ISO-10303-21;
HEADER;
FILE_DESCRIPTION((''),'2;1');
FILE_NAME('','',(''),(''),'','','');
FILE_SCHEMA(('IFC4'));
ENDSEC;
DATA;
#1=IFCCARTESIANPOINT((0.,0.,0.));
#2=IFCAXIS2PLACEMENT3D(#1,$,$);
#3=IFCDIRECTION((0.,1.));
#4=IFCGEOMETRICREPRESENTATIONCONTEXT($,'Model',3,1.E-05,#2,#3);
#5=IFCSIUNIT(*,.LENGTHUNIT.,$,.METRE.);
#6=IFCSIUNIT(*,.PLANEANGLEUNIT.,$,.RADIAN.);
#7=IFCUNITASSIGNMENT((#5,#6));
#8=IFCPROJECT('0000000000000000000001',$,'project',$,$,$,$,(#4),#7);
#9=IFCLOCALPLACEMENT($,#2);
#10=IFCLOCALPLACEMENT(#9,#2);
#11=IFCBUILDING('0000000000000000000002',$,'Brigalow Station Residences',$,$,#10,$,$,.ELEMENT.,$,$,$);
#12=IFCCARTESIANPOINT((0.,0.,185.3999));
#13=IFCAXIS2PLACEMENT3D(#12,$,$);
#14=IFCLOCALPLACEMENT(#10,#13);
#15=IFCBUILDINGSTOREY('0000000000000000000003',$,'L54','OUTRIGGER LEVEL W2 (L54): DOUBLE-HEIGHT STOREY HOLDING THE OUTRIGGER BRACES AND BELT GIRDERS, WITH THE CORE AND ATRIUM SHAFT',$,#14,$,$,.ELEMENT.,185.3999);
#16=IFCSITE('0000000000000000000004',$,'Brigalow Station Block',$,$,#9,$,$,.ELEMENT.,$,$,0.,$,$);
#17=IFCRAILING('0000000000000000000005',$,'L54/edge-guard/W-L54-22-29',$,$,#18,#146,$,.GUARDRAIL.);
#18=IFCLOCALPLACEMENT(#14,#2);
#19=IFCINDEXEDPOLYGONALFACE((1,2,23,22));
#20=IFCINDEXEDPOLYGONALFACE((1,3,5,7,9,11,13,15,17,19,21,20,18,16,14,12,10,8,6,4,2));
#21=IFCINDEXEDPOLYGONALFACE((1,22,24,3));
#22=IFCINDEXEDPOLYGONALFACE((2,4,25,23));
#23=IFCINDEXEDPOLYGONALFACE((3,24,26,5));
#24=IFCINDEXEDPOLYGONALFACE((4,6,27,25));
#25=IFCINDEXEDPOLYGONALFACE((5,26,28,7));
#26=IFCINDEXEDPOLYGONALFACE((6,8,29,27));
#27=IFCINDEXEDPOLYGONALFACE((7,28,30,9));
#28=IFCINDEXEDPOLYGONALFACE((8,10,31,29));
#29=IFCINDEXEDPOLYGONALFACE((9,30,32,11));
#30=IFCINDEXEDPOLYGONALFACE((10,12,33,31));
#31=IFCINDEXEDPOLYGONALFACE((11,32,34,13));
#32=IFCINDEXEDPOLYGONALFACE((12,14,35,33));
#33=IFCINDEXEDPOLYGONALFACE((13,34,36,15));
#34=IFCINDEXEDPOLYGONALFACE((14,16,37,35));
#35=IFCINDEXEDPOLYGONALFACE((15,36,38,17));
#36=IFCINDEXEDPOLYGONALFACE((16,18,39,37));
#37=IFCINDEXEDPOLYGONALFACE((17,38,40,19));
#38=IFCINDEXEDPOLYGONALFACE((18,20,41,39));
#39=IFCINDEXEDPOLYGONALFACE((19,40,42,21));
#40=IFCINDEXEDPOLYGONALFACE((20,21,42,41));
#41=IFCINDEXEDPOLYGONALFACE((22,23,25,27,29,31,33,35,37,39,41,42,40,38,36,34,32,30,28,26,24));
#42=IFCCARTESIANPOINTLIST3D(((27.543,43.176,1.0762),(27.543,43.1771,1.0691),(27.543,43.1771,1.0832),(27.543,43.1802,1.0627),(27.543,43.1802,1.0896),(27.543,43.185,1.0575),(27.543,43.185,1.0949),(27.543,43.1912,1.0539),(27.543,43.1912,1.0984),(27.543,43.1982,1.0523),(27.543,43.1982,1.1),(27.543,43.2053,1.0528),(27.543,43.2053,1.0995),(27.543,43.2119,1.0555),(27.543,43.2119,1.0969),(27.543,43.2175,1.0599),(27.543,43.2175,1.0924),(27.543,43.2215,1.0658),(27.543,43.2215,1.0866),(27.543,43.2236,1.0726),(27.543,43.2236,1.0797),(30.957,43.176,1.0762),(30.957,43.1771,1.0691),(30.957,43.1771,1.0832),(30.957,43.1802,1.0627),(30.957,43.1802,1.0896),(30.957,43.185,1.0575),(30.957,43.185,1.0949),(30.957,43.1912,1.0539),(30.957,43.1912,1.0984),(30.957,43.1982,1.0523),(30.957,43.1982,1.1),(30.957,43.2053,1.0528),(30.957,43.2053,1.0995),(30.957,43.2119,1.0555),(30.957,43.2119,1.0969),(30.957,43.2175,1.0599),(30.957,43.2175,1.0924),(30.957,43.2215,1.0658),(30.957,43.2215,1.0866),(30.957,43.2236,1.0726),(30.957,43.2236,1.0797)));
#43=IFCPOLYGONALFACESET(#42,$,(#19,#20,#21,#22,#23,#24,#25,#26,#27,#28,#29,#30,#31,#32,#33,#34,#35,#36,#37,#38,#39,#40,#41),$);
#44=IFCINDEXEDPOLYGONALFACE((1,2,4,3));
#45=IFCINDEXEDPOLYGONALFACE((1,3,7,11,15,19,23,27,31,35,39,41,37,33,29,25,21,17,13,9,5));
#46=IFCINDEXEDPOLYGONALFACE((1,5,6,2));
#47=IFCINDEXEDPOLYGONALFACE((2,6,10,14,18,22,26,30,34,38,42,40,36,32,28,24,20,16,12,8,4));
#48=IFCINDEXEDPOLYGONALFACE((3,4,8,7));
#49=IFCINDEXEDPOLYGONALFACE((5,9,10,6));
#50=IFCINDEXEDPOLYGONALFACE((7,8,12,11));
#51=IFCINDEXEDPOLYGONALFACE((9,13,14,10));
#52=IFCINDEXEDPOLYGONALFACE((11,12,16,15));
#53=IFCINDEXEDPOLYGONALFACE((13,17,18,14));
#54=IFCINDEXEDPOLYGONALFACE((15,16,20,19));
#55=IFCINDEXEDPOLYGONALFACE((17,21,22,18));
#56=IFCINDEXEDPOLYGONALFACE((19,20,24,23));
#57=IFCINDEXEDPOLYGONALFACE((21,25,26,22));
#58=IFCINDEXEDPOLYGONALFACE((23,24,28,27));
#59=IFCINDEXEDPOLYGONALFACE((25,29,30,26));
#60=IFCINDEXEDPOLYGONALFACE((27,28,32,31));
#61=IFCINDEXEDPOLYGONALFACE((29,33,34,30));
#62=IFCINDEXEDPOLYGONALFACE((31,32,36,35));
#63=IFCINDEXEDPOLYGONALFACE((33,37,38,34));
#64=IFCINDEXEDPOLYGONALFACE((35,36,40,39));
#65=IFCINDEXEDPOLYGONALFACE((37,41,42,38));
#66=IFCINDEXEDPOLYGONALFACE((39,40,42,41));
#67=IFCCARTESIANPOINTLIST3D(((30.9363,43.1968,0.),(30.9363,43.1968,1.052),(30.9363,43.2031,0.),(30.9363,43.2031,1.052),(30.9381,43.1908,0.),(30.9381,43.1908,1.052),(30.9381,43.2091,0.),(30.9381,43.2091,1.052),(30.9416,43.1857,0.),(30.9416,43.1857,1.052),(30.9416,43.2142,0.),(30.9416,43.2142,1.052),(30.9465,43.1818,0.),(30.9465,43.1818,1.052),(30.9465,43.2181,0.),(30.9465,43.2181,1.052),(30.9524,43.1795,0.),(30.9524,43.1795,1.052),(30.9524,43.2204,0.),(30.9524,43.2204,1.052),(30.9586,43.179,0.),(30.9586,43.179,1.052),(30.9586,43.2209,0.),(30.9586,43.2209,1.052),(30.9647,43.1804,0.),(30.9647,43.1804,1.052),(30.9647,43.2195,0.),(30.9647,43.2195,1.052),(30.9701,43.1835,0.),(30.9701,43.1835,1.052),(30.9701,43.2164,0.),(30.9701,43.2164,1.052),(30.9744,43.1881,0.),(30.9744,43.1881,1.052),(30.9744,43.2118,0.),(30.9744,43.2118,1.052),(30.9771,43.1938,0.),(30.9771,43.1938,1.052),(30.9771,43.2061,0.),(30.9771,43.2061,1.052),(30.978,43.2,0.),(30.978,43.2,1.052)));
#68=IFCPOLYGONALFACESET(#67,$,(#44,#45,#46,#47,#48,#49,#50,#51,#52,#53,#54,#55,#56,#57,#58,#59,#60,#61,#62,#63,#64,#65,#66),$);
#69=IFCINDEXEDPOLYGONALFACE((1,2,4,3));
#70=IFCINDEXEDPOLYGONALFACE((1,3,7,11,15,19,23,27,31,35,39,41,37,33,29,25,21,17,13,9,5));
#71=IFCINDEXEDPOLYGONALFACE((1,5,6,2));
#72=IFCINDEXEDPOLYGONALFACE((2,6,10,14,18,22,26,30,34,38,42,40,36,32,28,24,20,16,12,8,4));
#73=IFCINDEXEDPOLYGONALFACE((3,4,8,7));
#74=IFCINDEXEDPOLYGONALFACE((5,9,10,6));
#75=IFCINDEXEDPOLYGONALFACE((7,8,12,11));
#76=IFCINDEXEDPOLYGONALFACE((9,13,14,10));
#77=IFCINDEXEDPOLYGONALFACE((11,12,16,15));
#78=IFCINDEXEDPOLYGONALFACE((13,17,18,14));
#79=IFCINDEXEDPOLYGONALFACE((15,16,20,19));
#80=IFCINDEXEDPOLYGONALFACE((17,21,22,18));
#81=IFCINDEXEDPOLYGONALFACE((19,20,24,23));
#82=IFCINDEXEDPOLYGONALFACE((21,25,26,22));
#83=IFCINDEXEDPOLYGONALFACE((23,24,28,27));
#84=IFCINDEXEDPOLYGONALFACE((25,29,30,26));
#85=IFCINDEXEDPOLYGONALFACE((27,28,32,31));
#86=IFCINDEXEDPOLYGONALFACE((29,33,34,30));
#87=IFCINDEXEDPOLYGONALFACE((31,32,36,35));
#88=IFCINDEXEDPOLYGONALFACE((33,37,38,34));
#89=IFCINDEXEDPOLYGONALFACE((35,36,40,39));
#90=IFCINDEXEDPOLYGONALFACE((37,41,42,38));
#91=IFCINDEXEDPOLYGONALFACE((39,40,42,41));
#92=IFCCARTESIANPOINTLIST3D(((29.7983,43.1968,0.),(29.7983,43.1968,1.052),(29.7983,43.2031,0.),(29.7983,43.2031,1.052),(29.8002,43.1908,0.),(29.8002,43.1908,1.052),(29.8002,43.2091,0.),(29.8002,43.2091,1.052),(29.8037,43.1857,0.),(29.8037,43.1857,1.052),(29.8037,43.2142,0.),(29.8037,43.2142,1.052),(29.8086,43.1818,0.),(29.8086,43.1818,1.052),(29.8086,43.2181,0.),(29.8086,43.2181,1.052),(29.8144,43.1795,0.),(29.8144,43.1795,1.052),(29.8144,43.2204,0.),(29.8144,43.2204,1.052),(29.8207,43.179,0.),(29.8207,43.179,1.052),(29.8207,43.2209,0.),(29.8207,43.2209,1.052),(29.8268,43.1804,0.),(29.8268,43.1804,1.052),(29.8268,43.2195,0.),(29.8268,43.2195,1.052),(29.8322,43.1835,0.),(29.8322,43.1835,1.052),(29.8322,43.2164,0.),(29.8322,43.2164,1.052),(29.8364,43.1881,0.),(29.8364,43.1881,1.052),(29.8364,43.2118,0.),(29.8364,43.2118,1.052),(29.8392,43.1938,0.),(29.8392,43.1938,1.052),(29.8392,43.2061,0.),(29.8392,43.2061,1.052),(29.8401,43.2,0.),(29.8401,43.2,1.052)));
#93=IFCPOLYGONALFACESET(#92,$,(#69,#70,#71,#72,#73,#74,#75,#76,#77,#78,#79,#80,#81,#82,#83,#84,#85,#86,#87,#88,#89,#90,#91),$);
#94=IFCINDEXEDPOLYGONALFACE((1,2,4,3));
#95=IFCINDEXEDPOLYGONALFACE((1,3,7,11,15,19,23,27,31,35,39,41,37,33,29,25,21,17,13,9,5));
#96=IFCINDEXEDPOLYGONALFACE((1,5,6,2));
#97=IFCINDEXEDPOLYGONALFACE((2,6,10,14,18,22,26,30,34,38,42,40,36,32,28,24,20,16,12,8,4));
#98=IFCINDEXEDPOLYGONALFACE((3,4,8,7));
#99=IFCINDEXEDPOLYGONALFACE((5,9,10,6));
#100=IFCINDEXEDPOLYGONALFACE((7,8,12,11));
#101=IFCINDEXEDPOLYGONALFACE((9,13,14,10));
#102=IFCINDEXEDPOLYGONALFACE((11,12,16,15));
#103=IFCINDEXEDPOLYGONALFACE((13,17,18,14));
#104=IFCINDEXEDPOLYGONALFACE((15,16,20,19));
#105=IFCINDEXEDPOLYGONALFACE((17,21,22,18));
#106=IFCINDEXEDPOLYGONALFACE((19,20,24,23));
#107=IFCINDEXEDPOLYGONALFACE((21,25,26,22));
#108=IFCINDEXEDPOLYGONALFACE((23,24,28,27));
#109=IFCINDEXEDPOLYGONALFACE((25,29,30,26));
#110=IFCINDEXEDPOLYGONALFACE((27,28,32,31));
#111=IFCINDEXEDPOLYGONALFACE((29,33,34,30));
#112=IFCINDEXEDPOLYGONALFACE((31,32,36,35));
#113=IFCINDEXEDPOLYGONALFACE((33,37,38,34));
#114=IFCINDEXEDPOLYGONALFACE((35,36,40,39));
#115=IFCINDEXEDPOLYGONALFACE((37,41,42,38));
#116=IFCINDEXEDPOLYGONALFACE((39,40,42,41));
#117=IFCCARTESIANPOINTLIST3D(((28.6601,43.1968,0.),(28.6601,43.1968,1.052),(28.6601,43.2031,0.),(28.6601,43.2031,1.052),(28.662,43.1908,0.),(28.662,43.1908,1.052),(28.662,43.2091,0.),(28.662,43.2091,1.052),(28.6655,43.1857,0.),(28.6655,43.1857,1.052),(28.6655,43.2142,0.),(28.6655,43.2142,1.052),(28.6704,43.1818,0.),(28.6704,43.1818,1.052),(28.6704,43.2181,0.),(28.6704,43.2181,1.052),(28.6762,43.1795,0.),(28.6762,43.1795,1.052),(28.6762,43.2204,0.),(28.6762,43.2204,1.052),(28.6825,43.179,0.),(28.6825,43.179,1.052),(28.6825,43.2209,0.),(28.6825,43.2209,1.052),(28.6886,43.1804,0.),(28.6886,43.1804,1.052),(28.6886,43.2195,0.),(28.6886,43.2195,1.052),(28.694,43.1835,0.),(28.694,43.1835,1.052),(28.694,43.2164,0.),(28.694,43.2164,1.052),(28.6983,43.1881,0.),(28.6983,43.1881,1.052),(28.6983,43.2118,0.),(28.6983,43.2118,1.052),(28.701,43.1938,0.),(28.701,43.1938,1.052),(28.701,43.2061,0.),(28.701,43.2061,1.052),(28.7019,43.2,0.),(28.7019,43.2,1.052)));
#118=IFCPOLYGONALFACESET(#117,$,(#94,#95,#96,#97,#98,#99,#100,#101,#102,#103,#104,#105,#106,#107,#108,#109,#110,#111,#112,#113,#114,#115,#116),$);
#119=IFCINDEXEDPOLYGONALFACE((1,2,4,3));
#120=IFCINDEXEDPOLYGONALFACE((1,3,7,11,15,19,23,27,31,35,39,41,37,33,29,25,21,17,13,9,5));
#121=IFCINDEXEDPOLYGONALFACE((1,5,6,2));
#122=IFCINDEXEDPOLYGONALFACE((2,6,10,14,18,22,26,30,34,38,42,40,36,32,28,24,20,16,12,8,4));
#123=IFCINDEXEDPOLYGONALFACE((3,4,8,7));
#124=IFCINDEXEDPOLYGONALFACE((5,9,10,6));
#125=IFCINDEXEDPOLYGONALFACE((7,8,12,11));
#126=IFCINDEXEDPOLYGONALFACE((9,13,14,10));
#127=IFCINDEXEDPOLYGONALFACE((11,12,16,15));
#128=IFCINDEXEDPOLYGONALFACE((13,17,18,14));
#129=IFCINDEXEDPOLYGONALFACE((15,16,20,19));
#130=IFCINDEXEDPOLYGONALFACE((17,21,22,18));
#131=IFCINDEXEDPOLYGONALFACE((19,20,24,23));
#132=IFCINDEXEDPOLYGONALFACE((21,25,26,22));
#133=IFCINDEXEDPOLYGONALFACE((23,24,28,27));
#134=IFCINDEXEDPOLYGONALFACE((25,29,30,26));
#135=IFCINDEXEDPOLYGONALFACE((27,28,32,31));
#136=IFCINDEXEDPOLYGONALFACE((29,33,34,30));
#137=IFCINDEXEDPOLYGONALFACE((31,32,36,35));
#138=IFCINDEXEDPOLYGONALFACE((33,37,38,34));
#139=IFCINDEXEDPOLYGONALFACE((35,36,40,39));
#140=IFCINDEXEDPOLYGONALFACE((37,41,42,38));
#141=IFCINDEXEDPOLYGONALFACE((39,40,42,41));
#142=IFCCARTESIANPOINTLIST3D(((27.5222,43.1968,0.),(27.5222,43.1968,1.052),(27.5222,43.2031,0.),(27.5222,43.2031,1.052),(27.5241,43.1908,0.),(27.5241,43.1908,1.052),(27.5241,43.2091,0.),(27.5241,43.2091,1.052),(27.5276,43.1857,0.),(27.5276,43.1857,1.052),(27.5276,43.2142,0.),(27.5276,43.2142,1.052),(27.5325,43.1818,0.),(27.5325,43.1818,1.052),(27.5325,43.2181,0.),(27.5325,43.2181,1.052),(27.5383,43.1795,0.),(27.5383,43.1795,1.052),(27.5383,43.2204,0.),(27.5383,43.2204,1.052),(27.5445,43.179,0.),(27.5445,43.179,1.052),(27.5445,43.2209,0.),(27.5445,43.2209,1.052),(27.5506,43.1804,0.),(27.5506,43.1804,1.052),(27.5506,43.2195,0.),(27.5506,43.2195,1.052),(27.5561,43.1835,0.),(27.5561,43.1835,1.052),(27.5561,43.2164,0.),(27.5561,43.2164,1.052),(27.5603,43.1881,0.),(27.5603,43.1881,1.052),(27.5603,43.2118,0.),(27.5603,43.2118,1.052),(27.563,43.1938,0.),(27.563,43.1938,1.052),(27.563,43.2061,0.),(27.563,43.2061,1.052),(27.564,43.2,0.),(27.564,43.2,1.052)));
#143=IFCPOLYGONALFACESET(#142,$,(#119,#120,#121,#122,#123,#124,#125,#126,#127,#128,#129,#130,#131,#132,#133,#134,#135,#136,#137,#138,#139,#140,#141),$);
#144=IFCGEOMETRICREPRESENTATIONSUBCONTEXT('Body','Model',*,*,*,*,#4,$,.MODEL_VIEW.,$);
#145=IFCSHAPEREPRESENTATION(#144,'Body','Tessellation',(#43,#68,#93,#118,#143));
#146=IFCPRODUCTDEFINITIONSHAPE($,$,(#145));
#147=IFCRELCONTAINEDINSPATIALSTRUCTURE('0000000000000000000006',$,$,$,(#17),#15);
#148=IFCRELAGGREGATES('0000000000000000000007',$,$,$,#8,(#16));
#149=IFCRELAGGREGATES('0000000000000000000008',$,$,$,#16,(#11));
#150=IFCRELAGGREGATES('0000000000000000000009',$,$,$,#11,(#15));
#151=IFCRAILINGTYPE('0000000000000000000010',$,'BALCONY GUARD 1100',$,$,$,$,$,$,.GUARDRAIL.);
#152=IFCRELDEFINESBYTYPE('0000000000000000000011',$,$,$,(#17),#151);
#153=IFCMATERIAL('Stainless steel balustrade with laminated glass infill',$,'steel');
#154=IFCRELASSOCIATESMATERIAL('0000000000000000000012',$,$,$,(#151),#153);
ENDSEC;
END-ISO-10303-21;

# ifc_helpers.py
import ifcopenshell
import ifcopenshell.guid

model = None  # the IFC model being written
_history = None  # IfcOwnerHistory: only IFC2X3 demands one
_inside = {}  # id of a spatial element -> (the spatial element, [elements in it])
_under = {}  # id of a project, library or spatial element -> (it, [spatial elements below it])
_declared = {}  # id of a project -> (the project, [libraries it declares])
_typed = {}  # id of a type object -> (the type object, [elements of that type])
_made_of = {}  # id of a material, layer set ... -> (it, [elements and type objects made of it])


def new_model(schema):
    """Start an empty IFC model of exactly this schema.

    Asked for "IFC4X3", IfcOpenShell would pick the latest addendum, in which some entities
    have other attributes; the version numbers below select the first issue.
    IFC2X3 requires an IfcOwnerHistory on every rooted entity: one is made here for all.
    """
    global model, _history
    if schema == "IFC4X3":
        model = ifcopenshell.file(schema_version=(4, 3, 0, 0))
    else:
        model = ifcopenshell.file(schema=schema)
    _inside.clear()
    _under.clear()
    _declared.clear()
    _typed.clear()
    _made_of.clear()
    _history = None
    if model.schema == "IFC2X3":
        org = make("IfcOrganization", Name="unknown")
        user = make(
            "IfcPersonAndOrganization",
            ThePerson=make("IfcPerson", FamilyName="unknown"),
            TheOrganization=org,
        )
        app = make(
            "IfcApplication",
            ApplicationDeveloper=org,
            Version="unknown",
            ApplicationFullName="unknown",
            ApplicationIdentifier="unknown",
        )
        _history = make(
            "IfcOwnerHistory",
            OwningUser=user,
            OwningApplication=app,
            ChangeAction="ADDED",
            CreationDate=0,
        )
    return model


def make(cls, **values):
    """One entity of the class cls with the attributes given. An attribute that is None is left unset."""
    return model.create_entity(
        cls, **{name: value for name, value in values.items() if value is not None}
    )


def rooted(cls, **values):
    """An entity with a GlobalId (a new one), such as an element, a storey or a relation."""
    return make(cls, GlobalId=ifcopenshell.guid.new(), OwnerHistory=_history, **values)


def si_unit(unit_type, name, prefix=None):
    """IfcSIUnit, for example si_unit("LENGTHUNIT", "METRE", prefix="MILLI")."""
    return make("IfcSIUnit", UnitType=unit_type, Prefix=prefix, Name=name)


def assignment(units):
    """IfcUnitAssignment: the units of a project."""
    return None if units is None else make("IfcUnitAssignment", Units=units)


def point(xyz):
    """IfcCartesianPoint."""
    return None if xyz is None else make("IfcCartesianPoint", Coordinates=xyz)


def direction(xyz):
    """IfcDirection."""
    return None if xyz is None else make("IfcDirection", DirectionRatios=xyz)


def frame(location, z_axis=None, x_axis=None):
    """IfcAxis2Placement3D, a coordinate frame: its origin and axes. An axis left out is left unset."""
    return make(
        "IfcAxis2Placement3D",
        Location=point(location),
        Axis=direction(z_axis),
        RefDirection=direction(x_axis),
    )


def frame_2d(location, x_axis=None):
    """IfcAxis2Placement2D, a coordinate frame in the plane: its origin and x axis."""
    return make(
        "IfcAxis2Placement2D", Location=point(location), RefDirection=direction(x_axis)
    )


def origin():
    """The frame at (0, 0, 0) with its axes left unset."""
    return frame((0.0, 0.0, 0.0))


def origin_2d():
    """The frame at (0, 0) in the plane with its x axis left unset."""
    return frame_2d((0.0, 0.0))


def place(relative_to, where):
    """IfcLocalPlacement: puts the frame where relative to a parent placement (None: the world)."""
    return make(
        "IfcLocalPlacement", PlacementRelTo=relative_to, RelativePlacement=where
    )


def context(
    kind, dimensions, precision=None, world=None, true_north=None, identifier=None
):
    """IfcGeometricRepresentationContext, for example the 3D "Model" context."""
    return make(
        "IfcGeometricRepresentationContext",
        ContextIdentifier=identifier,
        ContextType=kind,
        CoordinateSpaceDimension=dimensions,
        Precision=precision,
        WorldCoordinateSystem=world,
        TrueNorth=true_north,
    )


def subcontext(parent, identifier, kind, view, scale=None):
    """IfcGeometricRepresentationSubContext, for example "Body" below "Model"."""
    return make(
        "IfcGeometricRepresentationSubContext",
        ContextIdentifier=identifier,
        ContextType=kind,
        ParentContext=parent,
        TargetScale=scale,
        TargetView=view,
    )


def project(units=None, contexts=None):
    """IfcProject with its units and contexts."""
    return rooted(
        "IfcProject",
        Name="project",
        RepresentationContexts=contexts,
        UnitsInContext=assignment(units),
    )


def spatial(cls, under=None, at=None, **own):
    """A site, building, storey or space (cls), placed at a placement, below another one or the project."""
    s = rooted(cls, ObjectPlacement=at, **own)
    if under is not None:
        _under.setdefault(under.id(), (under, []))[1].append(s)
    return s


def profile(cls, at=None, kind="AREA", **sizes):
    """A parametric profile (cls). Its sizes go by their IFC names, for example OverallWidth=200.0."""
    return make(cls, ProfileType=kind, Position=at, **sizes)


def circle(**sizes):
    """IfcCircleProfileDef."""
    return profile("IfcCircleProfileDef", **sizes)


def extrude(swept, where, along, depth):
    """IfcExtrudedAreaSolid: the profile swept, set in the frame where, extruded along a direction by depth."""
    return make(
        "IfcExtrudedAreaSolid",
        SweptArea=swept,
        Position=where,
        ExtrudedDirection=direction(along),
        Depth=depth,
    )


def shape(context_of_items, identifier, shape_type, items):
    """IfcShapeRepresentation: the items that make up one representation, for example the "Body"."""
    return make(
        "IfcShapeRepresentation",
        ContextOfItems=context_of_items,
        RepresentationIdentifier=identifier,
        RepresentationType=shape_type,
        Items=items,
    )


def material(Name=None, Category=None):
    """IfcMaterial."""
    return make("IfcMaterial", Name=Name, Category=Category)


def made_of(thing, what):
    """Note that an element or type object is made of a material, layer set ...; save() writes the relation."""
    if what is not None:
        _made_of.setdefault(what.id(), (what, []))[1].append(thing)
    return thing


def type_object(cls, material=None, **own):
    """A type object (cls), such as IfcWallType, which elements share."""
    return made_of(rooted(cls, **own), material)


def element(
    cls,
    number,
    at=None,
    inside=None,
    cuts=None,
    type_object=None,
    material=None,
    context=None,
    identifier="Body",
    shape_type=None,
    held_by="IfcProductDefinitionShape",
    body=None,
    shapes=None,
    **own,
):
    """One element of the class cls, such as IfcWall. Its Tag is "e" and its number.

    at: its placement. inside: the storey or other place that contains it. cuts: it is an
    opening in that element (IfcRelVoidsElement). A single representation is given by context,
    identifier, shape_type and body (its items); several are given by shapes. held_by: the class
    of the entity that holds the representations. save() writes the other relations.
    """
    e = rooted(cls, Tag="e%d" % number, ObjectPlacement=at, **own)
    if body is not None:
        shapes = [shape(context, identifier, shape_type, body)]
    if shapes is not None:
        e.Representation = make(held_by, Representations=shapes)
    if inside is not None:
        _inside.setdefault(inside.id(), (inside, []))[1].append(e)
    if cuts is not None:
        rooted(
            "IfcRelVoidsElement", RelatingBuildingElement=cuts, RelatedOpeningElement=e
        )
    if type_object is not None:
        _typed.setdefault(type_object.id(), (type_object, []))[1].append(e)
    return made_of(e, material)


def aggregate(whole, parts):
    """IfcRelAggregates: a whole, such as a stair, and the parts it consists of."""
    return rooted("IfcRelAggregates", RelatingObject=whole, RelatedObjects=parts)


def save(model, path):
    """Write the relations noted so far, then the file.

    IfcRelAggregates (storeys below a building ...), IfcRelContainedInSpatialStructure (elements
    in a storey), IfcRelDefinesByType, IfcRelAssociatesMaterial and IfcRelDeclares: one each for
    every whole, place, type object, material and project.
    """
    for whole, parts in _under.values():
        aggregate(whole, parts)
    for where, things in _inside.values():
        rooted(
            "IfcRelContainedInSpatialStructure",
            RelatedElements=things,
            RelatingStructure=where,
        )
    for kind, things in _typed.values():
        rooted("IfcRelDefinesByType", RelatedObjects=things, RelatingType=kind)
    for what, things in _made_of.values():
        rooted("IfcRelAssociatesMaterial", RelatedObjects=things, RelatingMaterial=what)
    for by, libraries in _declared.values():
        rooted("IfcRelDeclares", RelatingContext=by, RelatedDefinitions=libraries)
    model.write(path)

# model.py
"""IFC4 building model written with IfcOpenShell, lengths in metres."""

from ifc_helpers import new_model, si_unit, direction, frame, origin, origin_2d, place, context, subcontext, project, spatial, circle, extrude, material, type_object, element, save


model = new_model("IFC4")

# Units and contexts
model_context = context("Model", 3, precision=1e-05, world=origin(), true_north=direction((0.0, 1.0)))
body_context = subcontext(model_context, "Body", "Model", "MODEL_VIEW")
ifc_project = project(units=[si_unit("LENGTHUNIT", "METRE"), si_unit("PLANEANGLEUNIT", "RADIAN")], contexts=[model_context])

# Site, building, storey
site_placement = place(None, origin())
site = spatial("IfcSite", under=ifc_project, at=site_placement, Name="Brigalow Station Block", CompositionType="ELEMENT", RefElevation=0.0)
building_placement = place(site_placement, origin())
building = spatial("IfcBuilding", under=site, at=building_placement, Name="Brigalow Station Residences", CompositionType="ELEMENT")
storey_placement = place(building_placement, frame((0.0, 0.0, 185.3999)))
storey = spatial("IfcBuildingStorey", under=building, at=storey_placement, Name="L54", Description="OUTRIGGER LEVEL W2 (L54): DOUBLE-HEIGHT STOREY HOLDING THE OUTRIGGER BRACES AND BELT GIRDERS, WITH THE CORE AND ATRIUM SHAFT", CompositionType="ELEMENT", Elevation=185.3999)

# Railing
ifc_material_1 = material(Name="Stainless steel balustrade with laminated glass infill", Category="steel")
railing_type = type_object("IfcRailingType", Name="BALCONY GUARD 1100", PredefinedType="GUARDRAIL", material=ifc_material_1)
for number, where, name in (
    (1, (30.957, 43.2, 0.0), "L54/edge-guard/W-L54-22-29"),
):
    element("IfcRailing", number, at=place(storey_placement, frame(where)), inside=storey, type_object=railing_type, Name=name, PredefinedType="GUARDRAIL", context=body_context, shape_type="SweptSolid", body=[
        extrude(circle(Radius=0.0239, at=origin_2d()), frame((0.0, 0.0, 1.0762), z_axis=(-1.0, 0.0, 0.0), x_axis=(0.0, -1.0, 0.0)), (0.0, 0.0, 1.0), 3.4141),
        extrude(circle(Radius=0.021, at=origin_2d()), origin(), (0.0, 0.0, 1.0), 1.052),
        extrude(circle(Radius=0.021, at=origin_2d()), frame((-1.1379, 0.0, 0.0)), (0.0, 0.0, 1.0), 1.052),
        extrude(circle(Radius=0.021, at=origin_2d()), frame((-2.2761, 0.0, 0.0)), (0.0, 0.0, 1.0), 1.052),
        extrude(circle(Radius=0.021, at=origin_2d()), frame((-3.4141, 0.0, 0.0)), (0.0, 0.0, 1.0), 1.052),
    ])

save(model, "model.ifc")
